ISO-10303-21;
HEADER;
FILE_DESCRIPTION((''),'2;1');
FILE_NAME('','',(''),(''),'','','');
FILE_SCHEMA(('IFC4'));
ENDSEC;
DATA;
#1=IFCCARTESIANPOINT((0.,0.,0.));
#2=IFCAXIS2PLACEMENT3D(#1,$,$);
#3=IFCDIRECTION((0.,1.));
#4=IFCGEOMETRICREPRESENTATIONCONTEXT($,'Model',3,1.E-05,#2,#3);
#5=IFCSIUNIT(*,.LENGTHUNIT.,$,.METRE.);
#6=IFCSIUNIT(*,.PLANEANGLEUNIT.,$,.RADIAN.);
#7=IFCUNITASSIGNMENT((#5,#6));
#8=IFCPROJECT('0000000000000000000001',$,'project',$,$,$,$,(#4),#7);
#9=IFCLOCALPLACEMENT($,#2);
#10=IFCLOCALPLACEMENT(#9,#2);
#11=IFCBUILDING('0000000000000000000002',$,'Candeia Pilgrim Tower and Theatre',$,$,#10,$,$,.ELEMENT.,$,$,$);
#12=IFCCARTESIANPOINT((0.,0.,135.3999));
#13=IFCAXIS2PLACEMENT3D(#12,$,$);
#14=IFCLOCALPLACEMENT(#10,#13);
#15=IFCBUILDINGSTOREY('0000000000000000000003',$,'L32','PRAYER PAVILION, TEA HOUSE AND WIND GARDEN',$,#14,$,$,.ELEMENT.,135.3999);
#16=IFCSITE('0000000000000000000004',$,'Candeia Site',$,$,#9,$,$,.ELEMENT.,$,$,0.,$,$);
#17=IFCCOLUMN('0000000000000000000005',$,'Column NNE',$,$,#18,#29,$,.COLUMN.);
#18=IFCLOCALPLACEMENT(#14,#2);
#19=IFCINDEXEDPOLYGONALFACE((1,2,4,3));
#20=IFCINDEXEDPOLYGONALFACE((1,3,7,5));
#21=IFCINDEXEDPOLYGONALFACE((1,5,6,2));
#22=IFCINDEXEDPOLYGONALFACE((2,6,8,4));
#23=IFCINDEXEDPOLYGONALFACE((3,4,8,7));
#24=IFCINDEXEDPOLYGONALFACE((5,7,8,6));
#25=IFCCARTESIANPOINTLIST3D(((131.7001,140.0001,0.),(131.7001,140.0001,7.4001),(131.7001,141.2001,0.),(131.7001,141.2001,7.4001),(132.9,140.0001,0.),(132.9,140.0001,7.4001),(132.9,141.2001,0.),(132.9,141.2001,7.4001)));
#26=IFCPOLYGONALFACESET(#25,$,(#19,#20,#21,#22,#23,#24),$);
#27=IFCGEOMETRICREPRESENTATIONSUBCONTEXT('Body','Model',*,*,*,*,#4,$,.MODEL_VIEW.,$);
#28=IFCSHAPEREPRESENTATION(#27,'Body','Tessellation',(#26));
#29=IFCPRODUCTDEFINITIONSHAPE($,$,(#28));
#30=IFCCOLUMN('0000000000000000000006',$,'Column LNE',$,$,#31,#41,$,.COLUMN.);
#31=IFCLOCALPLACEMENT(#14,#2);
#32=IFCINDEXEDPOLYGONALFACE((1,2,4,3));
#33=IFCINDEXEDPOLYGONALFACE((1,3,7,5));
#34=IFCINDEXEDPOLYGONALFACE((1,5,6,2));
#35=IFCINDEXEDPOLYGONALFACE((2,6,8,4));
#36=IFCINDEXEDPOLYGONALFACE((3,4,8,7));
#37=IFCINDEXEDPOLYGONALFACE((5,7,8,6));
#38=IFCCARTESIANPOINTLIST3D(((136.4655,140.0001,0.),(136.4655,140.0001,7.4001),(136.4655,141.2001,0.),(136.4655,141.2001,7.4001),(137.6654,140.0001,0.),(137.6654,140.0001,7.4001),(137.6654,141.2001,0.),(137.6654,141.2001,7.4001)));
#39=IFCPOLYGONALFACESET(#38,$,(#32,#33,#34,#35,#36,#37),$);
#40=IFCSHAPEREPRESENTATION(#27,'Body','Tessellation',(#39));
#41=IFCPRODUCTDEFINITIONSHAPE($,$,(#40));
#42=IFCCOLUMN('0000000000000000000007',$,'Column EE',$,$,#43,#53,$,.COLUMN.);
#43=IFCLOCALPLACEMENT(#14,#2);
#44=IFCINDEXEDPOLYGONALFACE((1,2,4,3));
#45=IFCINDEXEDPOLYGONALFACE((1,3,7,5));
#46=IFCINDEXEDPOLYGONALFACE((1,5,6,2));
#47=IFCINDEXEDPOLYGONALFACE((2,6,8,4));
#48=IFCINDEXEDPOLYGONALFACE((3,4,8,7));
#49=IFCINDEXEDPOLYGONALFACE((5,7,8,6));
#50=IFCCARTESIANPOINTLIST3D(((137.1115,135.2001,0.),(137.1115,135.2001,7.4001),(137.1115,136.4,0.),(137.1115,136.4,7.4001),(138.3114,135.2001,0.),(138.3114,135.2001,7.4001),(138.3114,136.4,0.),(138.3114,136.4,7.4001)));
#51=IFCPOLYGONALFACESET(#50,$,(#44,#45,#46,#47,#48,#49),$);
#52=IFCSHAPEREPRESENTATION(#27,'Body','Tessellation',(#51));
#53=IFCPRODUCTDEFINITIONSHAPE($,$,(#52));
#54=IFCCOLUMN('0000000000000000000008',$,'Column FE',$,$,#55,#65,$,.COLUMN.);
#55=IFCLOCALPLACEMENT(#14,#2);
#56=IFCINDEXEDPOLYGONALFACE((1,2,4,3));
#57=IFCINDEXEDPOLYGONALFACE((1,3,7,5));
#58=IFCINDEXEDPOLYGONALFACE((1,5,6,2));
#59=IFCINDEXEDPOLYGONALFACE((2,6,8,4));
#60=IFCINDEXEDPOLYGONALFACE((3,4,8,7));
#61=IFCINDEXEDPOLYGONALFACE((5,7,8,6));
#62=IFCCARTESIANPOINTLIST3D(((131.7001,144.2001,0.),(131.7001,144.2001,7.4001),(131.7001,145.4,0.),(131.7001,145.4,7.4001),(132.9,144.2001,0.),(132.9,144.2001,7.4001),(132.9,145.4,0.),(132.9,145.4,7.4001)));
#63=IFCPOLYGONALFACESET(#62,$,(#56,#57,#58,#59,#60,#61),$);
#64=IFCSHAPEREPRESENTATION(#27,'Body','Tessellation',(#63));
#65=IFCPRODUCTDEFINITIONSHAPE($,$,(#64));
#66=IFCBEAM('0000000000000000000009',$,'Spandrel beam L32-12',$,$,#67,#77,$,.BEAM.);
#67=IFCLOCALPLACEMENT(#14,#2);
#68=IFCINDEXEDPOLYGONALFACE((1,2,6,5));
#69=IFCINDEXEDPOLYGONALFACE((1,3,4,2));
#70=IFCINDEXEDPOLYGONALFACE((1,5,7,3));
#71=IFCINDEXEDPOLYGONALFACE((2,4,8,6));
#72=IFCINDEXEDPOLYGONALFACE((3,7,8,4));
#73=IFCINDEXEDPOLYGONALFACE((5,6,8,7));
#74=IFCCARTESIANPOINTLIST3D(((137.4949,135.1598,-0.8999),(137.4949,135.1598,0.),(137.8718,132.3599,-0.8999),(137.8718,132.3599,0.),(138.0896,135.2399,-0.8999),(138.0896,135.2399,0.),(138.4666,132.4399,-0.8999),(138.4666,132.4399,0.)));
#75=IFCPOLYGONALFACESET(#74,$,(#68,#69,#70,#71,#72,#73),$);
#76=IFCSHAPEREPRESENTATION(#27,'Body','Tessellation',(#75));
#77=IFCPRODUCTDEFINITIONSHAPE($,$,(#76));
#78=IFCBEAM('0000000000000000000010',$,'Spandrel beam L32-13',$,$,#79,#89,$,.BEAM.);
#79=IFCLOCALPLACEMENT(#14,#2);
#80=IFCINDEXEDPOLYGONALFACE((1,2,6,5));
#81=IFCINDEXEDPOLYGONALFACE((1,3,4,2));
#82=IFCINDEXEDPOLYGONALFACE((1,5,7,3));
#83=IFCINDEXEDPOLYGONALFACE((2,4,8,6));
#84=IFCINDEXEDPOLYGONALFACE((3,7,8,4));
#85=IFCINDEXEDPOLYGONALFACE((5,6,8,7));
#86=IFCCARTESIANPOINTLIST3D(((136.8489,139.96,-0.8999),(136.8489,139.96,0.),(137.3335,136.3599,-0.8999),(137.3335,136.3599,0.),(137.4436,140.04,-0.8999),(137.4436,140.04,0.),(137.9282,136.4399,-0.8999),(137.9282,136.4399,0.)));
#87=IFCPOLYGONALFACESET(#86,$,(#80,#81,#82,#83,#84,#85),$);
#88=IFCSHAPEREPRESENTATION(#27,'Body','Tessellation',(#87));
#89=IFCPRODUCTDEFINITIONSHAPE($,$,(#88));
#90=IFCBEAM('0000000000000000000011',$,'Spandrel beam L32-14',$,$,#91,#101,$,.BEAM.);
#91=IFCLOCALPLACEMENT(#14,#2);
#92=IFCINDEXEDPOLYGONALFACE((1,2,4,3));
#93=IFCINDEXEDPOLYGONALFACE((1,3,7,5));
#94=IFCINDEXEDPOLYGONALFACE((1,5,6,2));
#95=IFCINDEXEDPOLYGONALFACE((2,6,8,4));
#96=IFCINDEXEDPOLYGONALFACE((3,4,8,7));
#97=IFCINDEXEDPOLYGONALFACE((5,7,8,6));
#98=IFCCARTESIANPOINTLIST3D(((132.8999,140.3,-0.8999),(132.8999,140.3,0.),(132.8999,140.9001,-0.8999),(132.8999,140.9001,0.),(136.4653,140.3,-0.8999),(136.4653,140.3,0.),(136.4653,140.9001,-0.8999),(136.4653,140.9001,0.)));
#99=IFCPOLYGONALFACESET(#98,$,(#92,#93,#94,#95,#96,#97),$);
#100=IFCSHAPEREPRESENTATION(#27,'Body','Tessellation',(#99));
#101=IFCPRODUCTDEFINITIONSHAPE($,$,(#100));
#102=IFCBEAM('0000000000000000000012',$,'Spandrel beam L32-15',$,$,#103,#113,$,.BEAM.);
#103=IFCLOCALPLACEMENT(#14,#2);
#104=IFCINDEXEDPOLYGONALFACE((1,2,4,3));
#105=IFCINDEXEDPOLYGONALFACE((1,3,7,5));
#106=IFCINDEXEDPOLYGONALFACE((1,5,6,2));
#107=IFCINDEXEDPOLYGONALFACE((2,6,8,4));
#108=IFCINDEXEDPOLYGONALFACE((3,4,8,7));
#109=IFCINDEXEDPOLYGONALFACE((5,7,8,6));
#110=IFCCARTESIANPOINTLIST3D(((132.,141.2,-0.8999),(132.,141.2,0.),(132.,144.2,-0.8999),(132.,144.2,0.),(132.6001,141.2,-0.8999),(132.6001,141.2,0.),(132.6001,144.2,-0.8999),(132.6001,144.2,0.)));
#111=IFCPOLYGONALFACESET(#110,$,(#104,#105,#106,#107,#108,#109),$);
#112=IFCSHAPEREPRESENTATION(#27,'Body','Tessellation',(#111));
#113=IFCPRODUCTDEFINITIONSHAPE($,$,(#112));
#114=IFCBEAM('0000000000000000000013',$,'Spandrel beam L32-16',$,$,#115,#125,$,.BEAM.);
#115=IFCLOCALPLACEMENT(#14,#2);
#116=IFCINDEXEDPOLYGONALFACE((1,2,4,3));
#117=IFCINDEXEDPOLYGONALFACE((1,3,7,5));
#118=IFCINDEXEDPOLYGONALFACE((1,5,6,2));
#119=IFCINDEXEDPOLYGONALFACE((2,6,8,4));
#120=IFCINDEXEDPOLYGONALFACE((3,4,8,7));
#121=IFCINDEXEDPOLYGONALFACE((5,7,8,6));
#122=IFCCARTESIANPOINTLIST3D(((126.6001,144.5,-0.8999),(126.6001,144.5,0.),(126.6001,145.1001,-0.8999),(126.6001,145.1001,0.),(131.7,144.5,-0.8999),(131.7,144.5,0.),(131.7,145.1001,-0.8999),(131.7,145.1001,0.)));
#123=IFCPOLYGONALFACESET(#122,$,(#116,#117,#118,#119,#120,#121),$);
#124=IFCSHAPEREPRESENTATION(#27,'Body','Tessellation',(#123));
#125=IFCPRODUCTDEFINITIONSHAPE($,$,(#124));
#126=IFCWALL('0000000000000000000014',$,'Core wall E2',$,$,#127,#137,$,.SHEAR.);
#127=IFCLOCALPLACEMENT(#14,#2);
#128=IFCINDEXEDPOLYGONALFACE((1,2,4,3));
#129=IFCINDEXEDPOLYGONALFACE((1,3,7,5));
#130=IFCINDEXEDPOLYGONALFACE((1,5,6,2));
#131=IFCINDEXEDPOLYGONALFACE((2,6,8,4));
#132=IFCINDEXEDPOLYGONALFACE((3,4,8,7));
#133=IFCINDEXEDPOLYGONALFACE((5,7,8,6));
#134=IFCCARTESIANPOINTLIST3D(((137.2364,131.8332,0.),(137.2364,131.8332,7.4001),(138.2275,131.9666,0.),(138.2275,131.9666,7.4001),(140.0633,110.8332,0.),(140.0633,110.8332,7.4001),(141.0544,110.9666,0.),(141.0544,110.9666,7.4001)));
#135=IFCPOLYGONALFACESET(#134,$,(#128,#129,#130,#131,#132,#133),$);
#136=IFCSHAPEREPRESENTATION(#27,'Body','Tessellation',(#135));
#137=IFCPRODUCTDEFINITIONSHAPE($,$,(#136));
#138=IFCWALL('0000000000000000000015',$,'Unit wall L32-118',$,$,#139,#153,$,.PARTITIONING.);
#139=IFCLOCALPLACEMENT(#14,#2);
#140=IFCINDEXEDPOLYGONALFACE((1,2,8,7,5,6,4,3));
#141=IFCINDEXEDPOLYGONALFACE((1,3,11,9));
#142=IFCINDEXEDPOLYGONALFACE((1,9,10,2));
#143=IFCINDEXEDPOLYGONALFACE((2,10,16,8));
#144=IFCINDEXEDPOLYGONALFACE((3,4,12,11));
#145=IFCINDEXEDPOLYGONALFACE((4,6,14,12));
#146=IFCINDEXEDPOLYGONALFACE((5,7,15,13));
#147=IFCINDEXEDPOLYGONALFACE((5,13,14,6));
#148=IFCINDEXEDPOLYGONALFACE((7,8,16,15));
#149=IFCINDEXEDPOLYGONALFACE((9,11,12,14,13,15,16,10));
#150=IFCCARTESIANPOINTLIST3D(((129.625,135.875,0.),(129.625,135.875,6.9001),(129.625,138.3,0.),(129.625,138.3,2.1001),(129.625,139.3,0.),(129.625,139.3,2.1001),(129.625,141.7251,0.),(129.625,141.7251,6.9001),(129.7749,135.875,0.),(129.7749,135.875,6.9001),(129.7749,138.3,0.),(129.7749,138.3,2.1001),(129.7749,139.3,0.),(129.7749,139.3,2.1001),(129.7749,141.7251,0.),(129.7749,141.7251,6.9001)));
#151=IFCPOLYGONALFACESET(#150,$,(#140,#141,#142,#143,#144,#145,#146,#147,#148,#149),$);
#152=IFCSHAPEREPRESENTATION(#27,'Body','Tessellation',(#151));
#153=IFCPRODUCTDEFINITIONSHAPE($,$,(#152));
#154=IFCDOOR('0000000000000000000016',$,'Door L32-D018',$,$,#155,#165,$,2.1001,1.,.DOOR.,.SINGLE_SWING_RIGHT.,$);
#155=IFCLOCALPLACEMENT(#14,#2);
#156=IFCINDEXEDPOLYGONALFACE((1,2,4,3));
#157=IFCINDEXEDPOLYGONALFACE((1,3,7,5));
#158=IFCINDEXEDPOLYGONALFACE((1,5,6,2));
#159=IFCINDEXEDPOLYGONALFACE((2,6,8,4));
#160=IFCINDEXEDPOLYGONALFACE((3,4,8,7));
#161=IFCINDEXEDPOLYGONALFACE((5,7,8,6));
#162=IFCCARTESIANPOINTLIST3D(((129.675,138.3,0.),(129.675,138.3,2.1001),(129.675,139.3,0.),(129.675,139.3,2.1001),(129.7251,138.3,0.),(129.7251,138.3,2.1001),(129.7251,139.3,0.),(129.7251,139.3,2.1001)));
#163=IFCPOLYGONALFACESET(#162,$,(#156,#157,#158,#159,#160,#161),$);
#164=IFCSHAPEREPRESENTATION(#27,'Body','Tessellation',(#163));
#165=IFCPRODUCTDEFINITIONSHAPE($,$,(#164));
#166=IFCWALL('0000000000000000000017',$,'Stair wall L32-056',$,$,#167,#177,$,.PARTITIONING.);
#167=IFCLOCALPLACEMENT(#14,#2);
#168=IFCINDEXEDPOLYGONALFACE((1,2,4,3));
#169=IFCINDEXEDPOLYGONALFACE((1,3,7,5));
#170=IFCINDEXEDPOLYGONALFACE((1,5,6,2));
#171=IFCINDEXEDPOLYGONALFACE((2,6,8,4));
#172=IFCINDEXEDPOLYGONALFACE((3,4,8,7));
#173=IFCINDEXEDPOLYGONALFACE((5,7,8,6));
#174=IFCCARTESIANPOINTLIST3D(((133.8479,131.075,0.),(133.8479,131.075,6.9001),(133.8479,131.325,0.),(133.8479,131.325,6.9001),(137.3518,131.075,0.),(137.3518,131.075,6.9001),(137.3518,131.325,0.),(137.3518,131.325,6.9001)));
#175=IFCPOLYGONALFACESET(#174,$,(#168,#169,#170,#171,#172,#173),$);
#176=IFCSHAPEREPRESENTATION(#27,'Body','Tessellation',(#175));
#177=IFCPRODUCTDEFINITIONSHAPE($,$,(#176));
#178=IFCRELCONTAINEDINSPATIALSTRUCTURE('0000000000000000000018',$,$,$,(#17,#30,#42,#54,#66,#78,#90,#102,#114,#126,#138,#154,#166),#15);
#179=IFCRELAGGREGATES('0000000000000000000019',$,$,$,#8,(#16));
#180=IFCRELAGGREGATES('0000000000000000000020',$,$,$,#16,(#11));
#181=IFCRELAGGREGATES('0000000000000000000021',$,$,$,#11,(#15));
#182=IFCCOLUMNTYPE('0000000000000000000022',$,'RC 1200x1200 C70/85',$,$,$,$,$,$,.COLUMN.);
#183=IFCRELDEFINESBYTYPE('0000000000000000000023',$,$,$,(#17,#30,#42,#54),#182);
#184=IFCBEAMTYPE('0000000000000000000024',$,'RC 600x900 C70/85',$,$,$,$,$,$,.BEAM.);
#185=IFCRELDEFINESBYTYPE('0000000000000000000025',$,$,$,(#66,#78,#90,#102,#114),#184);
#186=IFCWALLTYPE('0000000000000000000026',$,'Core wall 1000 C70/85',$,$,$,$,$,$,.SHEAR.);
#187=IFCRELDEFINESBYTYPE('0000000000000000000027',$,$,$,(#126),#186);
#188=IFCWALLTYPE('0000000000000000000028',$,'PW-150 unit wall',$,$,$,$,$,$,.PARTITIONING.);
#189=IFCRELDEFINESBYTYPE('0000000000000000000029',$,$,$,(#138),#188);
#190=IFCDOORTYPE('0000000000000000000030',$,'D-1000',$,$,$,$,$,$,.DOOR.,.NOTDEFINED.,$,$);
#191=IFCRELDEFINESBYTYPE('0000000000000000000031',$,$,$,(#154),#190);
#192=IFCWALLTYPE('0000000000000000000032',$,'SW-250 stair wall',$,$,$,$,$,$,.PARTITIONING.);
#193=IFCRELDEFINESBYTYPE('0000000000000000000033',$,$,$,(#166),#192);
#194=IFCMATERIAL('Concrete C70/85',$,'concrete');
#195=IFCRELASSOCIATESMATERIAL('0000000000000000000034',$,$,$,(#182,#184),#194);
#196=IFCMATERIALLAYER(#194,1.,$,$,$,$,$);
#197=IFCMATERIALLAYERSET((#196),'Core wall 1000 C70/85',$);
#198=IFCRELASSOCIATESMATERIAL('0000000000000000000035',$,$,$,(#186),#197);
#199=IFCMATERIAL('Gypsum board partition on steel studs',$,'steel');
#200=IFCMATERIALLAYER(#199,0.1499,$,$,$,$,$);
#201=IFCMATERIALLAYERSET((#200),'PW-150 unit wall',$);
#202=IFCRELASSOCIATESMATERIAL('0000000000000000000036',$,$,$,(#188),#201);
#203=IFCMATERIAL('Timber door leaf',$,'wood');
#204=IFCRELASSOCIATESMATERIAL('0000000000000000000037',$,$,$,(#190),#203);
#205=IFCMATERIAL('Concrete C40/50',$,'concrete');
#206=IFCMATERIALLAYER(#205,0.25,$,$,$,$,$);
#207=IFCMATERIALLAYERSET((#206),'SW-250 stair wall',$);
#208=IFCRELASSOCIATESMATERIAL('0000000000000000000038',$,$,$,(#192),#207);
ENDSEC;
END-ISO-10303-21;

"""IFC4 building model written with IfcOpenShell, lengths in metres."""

from ifc_helpers import new_model, si_unit, direction, frame, frame_2d, origin, origin_2d, place, context, subcontext, project, spatial, rectangle, extrude, material, layer, layer_set, material_profile, profile_set, type_object, element, fill, save


model = new_model("IFC4")

# Units and contexts
model_context = context("Model", 3, precision=1e-05, world=origin(), true_north=direction((0.0, 1.0)))
body_context = subcontext(model_context, "Body", "Model", "MODEL_VIEW")
ifc_project = project(units=[si_unit("LENGTHUNIT", "METRE"), si_unit("PLANEANGLEUNIT", "RADIAN")], contexts=[model_context])

# Site, building, storey
site_placement = place(None, origin())
site = spatial("IfcSite", under=ifc_project, at=site_placement, Name="Candeia Site", CompositionType="ELEMENT", RefElevation=0.0)
building_placement = place(site_placement, origin())
building = spatial("IfcBuilding", under=site, at=building_placement, Name="Candeia Pilgrim Tower and Theatre", CompositionType="ELEMENT")
storey_placement = place(building_placement, frame((0.0, 0.0, 135.3999)))
storey = spatial("IfcBuildingStorey", under=building, at=storey_placement, Name="L32", Description="PRAYER PAVILION, TEA HOUSE AND WIND GARDEN", CompositionType="ELEMENT", Elevation=135.3999)

# Columns
ifc_material_1 = material(Name="Concrete C70/85", Category="concrete")
ifc_material_profile_1 = material_profile(ifc_material_1, rectangle(XDim=1.2, YDim=1.2, at=origin_2d()))
ifc_profile_set_1 = profile_set([ifc_material_profile_1], Name="Concrete C70/85")
column_type = type_object("IfcColumnType", Name="RC 1200x1200 C70/85", PredefinedType="COLUMN", material=ifc_profile_set_1)
for number, where, z_axis, x_axis, name in (
    (1, (132.3, 140.6001, 0.0), (0.0, 0.0, 1.0), (1.0, 0.0, 0.0), "Column NNE"),
    (2, (137.0654, 140.6001, 0.0), (0.0, 0.0, 1.0), (1.0, 0.0, 0.0), "Column LNE"),
    (3, (137.7114, 135.8, 0.0), (0.0, 0.0, 1.0), (1.0, 0.0, 0.0), "Column EE"),
    (4, (132.3, 144.8, 0.0), (0.0, 0.0, 1.0), (1.0, 0.0, 0.0), "Column FE"),
):
    element("IfcColumn", number, at=place(storey_placement, frame(where, z_axis=z_axis, x_axis=x_axis)), inside=storey, type_object=column_type, Name=name, PredefinedType="COLUMN", context=body_context, shape_type="SweptSolid", body=[
        extrude(rectangle(XDim=1.2, YDim=1.2, at=origin_2d()), origin(), (0.0, 0.0, 1.0), 7.4001),
    ])

# Beams
ifc_material_profile_2 = material_profile(ifc_material_1, rectangle(XDim=0.6001, YDim=0.8999, at=origin_2d()))
ifc_profile_set_2 = profile_set([ifc_material_profile_2], Name="Concrete C70/85")
beam_type = type_object("IfcBeamType", Name="RC 600x900 C70/85", PredefinedType="BEAM", material=ifc_profile_set_2)
beam_1_placement = place(storey_placement, frame((138.1692, 132.3999, -0.45), z_axis=(-0.13342, 0.99106, 0.0), x_axis=(-0.99106, -0.13342, 0.0)))
element("IfcBeam", 5, at=beam_1_placement, inside=storey, type_object=beam_type, Name="Spandrel beam L32-12", PredefinedType="BEAM", context=body_context, shape_type="SweptSolid", body=[
    extrude(rectangle(XDim=0.6001, YDim=0.8999, at=origin_2d()), origin(), (0.0, 0.0, 1.0), 2.8252),
])
beam_2_placement = place(storey_placement, frame((137.6309, 136.3999, -0.45), z_axis=(-0.133409, 0.991061, 0.0), x_axis=(-0.991061, -0.133409, 0.0)))
element("IfcBeam", 6, at=beam_2_placement, inside=storey, type_object=beam_type, Name="Spandrel beam L32-13", PredefinedType="BEAM", context=body_context, shape_type="SweptSolid", body=[
    extrude(rectangle(XDim=0.6001, YDim=0.8999, at=origin_2d()), origin(), (0.0, 0.0, 1.0), 3.6326),
])
beam_3_placement = place(storey_placement, frame((136.4653, 140.6001, -0.45), z_axis=(-1.0, 0.0, 0.0), x_axis=(0.0, -1.0, 0.0)))
element("IfcBeam", 7, at=beam_3_placement, inside=storey, type_object=beam_type, Name="Spandrel beam L32-14", PredefinedType="BEAM", context=body_context, shape_type="SweptSolid", body=[
    extrude(rectangle(XDim=0.6001, YDim=0.8999, at=origin_2d()), origin(), (0.0, 0.0, 1.0), 3.5654),
])
beam_4_placement = place(storey_placement, frame((132.3, 141.2, -0.45), z_axis=(0.0, 1.0, 0.0), x_axis=(-1.0, 0.0, 0.0)))
element("IfcBeam", 8, at=beam_4_placement, inside=storey, type_object=beam_type, Name="Spandrel beam L32-15", PredefinedType="BEAM", context=body_context, shape_type="SweptSolid", body=[
    extrude(rectangle(XDim=0.6001, YDim=0.8999, at=origin_2d()), origin(), (0.0, 0.0, 1.0), 3.0),
])
beam_5_placement = place(storey_placement, frame((131.7, 144.8, -0.45), z_axis=(-1.0, 0.0, 0.0), x_axis=(0.0, -1.0, 0.0)))
element("IfcBeam", 9, at=beam_5_placement, inside=storey, type_object=beam_type, Name="Spandrel beam L32-16", PredefinedType="BEAM", context=body_context, shape_type="SweptSolid", body=[
    extrude(rectangle(XDim=0.6001, YDim=0.8999, at=origin_2d()), origin(), (0.0, 0.0, 1.0), 5.0999),
])

# Wall
ifc_layer_1 = layer(ifc_material_1, 1.0)
ifc_layer_set_1 = layer_set([ifc_layer_1], Name="Core wall 1000 C70/85")
wall_type_1 = type_object("IfcWallType", Name="Core wall 1000 C70/85", PredefinedType="SHEAR", material=ifc_layer_set_1)
wall_1_placement = place(storey_placement, frame((137.7319, 131.8999, 0.0), z_axis=(0.0, 0.0, 1.0), x_axis=(0.133411, -0.991061, 0.0)))
element("IfcWall", 10, at=wall_1_placement, inside=storey, type_object=wall_type_1, Name="Core wall E2", PredefinedType="SHEAR", context=body_context, shape_type="SweptSolid", body=[
    extrude(rectangle(XDim=21.1895, YDim=1.0, at=frame_2d((10.5947, 0.0))), origin(), (0.0, 0.0, 1.0), 7.4001),
])

# Wall, opening, door
ifc_material_2 = material(Name="Gypsum board partition on steel studs", Category="steel")
ifc_layer_2 = layer(ifc_material_2, 0.1499)
ifc_layer_set_2 = layer_set([ifc_layer_2], Name="PW-150 unit wall")
wall_type_2 = type_object("IfcWallType", Name="PW-150 unit wall", PredefinedType="PARTITIONING", material=ifc_layer_set_2)
wall_2_placement = place(storey_placement, frame((129.7, 135.875, 0.0), z_axis=(0.0, 0.0, 1.0), x_axis=(0.0, 1.0, 0.0)))
wall_2 = element("IfcWall", 11, at=wall_2_placement, inside=storey, type_object=wall_type_2, Name="Unit wall L32-118", PredefinedType="PARTITIONING", context=body_context, shape_type="SweptSolid", body=[
    extrude(rectangle(XDim=5.8501, YDim=0.1499, at=frame_2d((2.925, 0.0))), origin(), (0.0, 0.0, 1.0), 6.9001),
])
opening_placement = place(wall_2_placement, frame((2.425, 0.0, 0.0)))
opening = element("IfcOpeningElement", 12, at=opening_placement, cuts=wall_2, PredefinedType="OPENING", context=body_context, shape_type="SweptSolid", body=[
    extrude(rectangle(XDim=1.0, YDim=2.1001, at=frame_2d((0.5, 1.05))), frame((0.0, 0.085, 0.0), z_axis=(0.0, -1.0, 0.0), x_axis=(1.0, 0.0, 0.0)), (0.0, 0.0, 1.0), 0.1699),
])
ifc_material_3 = material(Name="Timber door leaf", Category="wood")
door_type = type_object("IfcDoorType", Name="D-1000", OperationType="NOTDEFINED", PredefinedType="DOOR", material=ifc_material_3)
door_placement = place(opening_placement, origin())
door = element("IfcDoor", 13, at=door_placement, inside=storey, type_object=door_type, Name="Door L32-D018", OperationType="SINGLE_SWING_RIGHT", OverallHeight=2.1001, OverallWidth=1.0, PredefinedType="DOOR", context=body_context, shape_type="SweptSolid", body=[
    extrude(rectangle(XDim=1.0, YDim=2.1001, at=frame_2d((0.5, 1.05))), frame((0.0, 0.0249, 0.0), z_axis=(0.0, -1.0, 0.0), x_axis=(1.0, 0.0, 0.0)), (0.0, 0.0, 1.0), 0.05),
])
fill(opening, door)

# Wall
ifc_material_4 = material(Name="Concrete C40/50", Category="concrete")
ifc_layer_3 = layer(ifc_material_4, 0.25)
ifc_layer_set_3 = layer_set([ifc_layer_3], Name="SW-250 stair wall")
wall_type_3 = type_object("IfcWallType", Name="SW-250 stair wall", PredefinedType="PARTITIONING", material=ifc_layer_set_3)
wall_3_placement = place(storey_placement, frame((133.8479, 131.2, 0.0), z_axis=(0.0, 0.0, 1.0), x_axis=(1.0, 0.0, 0.0)))
element("IfcWall", 14, at=wall_3_placement, inside=storey, type_object=wall_type_3, Name="Stair wall L32-056", PredefinedType="PARTITIONING", context=body_context, shape_type="SweptSolid", body=[
    extrude(rectangle(XDim=3.5039, YDim=0.25, at=frame_2d((1.752, 0.0))), origin(), (0.0, 0.0, 1.0), 6.9001),
])

save(model, "model.ifc")
